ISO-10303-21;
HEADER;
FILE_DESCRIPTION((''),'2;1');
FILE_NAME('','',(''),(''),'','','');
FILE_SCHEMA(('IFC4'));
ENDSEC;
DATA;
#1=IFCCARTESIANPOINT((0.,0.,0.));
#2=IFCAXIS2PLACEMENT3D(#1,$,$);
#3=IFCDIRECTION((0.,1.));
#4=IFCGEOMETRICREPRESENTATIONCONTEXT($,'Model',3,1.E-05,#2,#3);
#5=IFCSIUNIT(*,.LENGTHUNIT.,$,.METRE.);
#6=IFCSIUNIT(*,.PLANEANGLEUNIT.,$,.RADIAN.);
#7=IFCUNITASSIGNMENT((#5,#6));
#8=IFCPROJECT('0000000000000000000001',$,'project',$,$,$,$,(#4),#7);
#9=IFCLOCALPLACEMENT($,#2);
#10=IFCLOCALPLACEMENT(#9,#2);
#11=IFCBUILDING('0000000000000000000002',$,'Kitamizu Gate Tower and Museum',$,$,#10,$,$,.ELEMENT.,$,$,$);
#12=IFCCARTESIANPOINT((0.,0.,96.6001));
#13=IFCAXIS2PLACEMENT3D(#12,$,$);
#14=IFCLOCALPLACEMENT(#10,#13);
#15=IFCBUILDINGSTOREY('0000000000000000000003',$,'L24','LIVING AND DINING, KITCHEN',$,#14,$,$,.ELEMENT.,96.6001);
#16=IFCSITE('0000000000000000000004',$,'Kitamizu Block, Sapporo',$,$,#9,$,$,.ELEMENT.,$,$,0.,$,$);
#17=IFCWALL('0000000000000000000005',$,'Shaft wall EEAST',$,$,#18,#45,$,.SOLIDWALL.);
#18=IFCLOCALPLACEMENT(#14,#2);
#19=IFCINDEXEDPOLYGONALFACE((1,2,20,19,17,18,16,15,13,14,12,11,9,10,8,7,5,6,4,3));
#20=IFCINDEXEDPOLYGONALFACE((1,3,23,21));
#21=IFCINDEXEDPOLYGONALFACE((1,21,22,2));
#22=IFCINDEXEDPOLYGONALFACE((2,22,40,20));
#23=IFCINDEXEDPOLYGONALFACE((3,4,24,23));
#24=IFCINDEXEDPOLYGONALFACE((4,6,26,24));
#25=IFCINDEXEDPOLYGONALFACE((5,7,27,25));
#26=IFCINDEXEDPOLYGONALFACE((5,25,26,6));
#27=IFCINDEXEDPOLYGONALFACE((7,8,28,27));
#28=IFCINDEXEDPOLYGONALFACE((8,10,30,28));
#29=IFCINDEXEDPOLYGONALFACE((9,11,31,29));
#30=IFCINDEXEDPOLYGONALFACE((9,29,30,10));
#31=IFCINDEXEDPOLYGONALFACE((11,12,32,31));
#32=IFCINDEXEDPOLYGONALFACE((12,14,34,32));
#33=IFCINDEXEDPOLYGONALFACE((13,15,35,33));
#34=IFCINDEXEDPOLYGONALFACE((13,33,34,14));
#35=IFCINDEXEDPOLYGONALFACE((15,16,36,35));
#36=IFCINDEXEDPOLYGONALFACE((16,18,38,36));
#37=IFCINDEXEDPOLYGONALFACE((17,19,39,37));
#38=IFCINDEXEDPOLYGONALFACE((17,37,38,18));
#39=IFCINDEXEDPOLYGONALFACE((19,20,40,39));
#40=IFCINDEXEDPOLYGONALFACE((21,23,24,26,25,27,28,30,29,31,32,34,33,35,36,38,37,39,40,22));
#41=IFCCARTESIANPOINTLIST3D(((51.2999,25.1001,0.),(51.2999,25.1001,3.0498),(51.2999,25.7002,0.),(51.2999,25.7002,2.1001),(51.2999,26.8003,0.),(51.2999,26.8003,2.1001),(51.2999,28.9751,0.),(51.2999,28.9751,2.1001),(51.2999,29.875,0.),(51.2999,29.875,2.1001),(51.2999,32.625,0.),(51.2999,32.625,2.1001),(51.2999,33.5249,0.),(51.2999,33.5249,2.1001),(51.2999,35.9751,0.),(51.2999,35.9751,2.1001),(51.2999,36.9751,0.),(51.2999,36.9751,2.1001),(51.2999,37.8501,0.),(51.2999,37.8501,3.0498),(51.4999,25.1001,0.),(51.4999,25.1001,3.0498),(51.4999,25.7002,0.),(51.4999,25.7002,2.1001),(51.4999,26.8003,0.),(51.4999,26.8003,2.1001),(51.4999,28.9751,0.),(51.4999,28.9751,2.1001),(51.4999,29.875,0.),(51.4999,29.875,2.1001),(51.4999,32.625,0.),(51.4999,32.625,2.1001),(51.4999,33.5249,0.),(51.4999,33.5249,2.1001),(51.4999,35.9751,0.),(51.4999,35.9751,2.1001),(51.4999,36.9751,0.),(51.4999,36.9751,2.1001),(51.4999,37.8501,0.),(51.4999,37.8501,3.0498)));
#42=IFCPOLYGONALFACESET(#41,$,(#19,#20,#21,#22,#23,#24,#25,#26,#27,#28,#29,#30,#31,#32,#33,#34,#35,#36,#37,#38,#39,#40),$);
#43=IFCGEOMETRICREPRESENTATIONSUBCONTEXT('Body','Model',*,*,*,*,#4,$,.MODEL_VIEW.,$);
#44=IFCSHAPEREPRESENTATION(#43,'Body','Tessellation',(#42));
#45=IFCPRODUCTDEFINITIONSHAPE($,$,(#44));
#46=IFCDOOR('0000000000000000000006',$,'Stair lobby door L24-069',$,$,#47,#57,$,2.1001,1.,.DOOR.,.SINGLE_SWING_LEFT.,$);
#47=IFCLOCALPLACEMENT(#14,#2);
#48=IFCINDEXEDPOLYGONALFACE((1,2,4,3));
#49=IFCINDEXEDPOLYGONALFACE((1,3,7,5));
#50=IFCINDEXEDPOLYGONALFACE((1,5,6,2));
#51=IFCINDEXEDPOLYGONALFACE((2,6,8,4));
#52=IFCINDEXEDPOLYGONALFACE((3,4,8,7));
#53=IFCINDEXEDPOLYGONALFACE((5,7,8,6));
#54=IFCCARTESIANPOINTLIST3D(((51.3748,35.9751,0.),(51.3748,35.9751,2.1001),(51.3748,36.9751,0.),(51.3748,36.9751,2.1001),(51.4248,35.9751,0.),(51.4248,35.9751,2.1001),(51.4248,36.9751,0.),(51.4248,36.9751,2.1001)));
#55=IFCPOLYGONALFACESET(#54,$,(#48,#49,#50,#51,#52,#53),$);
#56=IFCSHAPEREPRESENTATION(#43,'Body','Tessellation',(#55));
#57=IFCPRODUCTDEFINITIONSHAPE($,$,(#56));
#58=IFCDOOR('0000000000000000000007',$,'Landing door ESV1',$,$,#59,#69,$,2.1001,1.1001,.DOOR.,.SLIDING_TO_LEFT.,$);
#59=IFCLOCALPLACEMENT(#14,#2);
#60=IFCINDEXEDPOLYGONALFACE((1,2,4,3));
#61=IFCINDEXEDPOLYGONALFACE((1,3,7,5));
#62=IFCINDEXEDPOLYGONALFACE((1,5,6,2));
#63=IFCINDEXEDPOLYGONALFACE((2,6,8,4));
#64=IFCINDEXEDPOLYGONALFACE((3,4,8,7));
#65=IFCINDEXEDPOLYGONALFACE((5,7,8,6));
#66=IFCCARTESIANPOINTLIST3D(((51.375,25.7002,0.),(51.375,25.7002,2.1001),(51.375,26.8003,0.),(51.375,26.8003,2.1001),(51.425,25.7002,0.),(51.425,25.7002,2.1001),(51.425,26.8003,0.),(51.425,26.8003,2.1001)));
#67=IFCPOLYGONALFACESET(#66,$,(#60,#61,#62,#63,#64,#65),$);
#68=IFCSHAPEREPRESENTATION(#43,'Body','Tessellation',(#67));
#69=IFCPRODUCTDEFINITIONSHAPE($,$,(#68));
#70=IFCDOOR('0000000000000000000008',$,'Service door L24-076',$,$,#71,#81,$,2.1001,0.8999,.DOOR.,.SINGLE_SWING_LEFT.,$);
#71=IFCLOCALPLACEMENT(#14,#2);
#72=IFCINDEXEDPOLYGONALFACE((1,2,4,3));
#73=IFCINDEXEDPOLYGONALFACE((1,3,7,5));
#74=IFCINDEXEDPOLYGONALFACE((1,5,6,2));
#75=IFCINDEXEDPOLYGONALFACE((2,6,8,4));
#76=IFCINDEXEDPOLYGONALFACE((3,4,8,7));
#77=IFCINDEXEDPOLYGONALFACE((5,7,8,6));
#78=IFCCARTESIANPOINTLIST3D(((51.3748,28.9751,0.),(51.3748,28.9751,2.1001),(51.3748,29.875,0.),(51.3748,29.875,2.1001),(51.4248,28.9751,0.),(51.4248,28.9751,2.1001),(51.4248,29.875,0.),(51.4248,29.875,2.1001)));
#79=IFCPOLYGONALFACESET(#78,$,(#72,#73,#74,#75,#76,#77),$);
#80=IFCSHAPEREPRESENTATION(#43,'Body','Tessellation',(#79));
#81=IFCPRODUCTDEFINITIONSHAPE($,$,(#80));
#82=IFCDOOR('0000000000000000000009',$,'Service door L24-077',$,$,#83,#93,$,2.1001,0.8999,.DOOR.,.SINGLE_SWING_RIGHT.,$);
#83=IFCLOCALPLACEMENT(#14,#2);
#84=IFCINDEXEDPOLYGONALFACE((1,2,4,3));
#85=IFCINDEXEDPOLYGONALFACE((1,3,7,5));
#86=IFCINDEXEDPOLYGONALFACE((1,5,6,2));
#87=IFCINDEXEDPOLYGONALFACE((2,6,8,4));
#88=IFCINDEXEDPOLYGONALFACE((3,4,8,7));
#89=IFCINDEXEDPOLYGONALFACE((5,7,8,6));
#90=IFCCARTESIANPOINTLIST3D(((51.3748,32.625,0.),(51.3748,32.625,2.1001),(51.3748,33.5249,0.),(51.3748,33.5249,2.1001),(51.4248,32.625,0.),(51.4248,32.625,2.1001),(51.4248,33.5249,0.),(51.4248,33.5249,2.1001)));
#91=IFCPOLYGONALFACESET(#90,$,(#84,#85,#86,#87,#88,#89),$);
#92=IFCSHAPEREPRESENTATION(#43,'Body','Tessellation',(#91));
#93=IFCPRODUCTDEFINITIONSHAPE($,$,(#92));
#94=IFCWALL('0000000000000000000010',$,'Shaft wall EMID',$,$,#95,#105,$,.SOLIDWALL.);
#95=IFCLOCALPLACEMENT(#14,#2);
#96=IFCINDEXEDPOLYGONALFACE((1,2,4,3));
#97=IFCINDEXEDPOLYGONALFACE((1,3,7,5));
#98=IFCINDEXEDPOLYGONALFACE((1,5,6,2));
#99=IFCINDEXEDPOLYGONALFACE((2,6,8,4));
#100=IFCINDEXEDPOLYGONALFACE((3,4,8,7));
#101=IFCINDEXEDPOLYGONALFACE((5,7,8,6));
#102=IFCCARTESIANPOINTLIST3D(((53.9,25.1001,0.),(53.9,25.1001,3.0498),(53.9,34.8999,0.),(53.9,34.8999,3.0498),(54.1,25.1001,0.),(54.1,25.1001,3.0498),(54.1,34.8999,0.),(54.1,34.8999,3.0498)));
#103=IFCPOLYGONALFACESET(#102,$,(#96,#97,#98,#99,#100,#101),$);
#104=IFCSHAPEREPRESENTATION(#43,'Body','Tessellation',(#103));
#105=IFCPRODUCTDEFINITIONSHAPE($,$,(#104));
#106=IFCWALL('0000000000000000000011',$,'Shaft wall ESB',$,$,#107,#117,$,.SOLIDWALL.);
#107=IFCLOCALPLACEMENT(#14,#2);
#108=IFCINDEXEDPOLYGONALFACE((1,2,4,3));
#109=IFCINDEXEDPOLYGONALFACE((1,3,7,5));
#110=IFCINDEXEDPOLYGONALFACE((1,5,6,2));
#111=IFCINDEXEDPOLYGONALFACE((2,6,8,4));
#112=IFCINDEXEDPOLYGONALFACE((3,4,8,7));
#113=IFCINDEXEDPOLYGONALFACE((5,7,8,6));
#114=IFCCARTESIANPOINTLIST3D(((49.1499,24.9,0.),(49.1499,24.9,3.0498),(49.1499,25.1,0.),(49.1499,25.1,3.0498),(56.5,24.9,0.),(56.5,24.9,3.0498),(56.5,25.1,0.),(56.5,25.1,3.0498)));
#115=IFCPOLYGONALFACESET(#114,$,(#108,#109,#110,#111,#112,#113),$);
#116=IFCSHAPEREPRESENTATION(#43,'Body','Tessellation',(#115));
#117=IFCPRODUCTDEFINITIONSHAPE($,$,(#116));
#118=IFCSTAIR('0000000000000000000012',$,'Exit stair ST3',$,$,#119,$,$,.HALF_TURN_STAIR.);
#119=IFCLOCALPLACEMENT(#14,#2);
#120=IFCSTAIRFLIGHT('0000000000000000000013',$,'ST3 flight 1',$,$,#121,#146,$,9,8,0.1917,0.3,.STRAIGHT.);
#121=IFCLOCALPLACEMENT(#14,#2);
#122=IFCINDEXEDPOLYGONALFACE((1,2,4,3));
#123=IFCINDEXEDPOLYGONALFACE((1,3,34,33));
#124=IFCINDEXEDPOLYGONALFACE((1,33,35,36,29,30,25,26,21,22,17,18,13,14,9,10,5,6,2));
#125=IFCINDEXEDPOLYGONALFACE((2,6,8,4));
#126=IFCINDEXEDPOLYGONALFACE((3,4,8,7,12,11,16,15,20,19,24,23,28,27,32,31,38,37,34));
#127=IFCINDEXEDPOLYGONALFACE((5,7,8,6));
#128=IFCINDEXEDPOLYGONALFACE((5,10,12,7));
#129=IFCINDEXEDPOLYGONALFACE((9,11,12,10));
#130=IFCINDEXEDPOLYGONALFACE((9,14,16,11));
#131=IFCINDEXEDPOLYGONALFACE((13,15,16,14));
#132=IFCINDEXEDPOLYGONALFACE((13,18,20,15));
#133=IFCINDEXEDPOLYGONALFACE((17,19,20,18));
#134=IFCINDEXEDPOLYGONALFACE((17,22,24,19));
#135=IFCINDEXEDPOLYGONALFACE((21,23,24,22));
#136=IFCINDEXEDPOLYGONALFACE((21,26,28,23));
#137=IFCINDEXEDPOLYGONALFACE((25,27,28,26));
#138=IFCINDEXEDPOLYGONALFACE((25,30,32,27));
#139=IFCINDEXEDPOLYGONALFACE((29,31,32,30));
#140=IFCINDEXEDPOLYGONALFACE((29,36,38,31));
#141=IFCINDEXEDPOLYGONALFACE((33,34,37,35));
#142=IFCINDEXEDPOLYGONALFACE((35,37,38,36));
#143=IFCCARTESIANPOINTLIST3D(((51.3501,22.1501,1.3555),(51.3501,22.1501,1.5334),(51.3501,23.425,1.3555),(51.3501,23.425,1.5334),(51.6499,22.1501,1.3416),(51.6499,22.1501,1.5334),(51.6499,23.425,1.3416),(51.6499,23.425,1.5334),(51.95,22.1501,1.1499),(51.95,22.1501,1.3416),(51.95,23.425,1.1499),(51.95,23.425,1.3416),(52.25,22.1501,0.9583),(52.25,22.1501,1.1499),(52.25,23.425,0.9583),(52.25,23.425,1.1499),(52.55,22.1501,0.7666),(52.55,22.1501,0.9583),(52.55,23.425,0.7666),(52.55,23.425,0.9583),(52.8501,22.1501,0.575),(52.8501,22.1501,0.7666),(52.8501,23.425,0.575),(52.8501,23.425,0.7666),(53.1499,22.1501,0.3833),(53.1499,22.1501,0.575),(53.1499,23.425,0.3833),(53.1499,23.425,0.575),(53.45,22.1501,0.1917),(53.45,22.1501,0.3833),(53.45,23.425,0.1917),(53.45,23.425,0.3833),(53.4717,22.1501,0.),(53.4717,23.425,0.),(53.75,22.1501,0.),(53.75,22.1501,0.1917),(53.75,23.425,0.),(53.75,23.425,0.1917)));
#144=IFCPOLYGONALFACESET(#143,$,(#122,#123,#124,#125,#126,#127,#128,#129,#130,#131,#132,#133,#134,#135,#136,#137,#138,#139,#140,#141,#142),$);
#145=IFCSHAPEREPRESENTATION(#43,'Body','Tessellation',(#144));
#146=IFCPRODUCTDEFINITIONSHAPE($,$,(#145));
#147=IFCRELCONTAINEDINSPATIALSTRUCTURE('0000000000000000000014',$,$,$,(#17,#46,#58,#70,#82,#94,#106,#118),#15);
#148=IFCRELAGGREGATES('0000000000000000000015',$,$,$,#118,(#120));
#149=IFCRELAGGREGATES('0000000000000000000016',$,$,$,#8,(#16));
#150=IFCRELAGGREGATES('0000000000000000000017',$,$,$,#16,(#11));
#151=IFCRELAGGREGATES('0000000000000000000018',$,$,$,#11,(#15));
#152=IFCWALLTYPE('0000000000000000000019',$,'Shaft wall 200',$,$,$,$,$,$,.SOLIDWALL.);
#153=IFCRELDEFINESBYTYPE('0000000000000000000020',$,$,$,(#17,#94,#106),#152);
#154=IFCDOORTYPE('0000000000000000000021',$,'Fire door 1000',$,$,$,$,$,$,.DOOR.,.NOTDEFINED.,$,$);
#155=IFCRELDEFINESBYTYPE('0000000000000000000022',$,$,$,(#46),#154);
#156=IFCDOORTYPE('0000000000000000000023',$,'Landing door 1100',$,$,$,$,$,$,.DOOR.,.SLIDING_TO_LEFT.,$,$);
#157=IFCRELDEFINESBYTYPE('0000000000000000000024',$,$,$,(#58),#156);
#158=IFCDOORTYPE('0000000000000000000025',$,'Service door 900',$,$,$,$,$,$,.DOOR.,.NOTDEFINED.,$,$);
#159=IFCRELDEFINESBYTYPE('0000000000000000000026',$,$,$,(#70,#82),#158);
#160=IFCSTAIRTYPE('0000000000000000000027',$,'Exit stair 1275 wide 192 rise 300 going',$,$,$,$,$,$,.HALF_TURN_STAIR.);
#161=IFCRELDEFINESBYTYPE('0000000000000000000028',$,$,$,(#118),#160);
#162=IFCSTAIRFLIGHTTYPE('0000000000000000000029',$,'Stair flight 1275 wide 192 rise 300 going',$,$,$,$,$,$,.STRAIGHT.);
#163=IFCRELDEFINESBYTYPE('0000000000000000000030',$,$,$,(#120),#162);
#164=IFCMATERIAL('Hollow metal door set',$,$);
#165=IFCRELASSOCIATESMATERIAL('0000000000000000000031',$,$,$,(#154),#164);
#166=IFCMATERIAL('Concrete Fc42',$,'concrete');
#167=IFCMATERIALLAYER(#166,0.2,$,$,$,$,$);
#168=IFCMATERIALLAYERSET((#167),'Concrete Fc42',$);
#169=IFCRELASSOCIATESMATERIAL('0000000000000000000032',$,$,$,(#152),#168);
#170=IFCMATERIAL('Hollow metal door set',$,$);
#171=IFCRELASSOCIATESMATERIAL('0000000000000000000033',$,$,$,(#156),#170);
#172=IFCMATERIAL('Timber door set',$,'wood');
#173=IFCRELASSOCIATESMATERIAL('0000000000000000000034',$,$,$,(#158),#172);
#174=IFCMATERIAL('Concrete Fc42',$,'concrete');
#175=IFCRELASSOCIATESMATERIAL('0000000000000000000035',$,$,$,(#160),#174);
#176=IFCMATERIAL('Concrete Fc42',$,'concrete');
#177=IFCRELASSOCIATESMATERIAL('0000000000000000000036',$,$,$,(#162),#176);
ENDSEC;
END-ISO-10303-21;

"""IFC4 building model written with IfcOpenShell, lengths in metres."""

from ifc_helpers import new_model, si_unit, direction, frame, frame_2d, origin, place, context, subcontext, project, spatial, polyline, rectangle, outline, extrude, material, layer, layer_set, type_object, element, fill, aggregate, save


model = new_model("IFC4")

# Units and contexts
model_context = context("Model", 3, precision=1e-05, world=origin(), true_north=direction((0.0, 1.0)))
body_context = subcontext(model_context, "Body", "Model", "MODEL_VIEW")
ifc_project = project(units=[si_unit("LENGTHUNIT", "METRE"), si_unit("PLANEANGLEUNIT", "RADIAN")], contexts=[model_context])

# Site, building, storey
site_placement = place(None, origin())
site = spatial("IfcSite", under=ifc_project, at=site_placement, Name="Kitamizu Block, Sapporo", CompositionType="ELEMENT", RefElevation=0.0)
building_placement = place(site_placement, origin())
building = spatial("IfcBuilding", under=site, at=building_placement, Name="Kitamizu Gate Tower and Museum", CompositionType="ELEMENT")
storey_placement = place(building_placement, frame((0.0, 0.0, 96.6001)))
storey = spatial("IfcBuildingStorey", under=building, at=storey_placement, Name="L24", Description="LIVING AND DINING, KITCHEN", CompositionType="ELEMENT", Elevation=96.6001)

# Wall, openings, doors
ifc_material_1 = material(Name="Hollow metal door set")
door_type_1 = type_object("IfcDoorType", Name="Fire door 1000", OperationType="NOTDEFINED", PredefinedType="DOOR", material=ifc_material_1)
ifc_material_2 = material(Name="Concrete Fc42", Category="concrete")
ifc_layer_1 = layer(ifc_material_2, 0.2)
ifc_layer_set_1 = layer_set([ifc_layer_1], Name="Concrete Fc42")
wall_type_1 = type_object("IfcWallType", Name="Shaft wall 200", PredefinedType="SOLIDWALL", material=ifc_layer_set_1)
ifc_material_3 = material(Name="Hollow metal door set")
door_type_2 = type_object("IfcDoorType", Name="Landing door 1100", OperationType="SLIDING_TO_LEFT", PredefinedType="DOOR", material=ifc_material_3)
wall_1_placement = place(storey_placement, frame((51.3999, 25.1001, 0.0), z_axis=(0.0, 0.0, 1.0), x_axis=(0.0, 1.0, 0.0)))
wall_1 = element("IfcWall", 1, at=wall_1_placement, inside=storey, type_object=wall_type_1, Name="Shaft wall EEAST", PredefinedType="SOLIDWALL", context=body_context, shape_type="SweptSolid", body=[
    extrude(rectangle(XDim=12.75, YDim=0.2, at=frame_2d((6.375, 0.0))), origin(), (0.0, 0.0, 1.0), 3.0498),
])
opening_1_placement = place(wall_1_placement, frame((0.6001, 0.0, 0.0)))
opening_1 = element("IfcOpeningElement", 2, at=opening_1_placement, cuts=wall_1, PredefinedType="OPENING", context=body_context, shape_type="SweptSolid", body=[
    extrude(rectangle(XDim=1.1001, YDim=2.1001, at=frame_2d((0.55, 1.05))), frame((0.0, 0.1099, 0.0), z_axis=(0.0, -1.0, 0.0), x_axis=(1.0, 0.0, 0.0)), (0.0, 0.0, 1.0), 0.22),
])
opening_2_placement = place(wall_1_placement, frame((10.875, 0.0, 0.0)))
opening_2 = element("IfcOpeningElement", 3, at=opening_2_placement, cuts=wall_1, PredefinedType="OPENING", context=body_context, shape_type="SweptSolid", body=[
    extrude(rectangle(XDim=1.0, YDim=2.1001, at=frame_2d((0.5, 1.05))), frame((0.0, 0.1099, 0.0), z_axis=(0.0, -1.0, 0.0), x_axis=(1.0, 0.0, 0.0)), (0.0, 0.0, 1.0), 0.22),
])
opening_3_placement = place(wall_1_placement, frame((3.875, 0.0, 0.0)))
opening_3 = element("IfcOpeningElement", 4, at=opening_3_placement, cuts=wall_1, PredefinedType="OPENING", context=body_context, shape_type="SweptSolid", body=[
    extrude(rectangle(XDim=0.8999, YDim=2.1001, at=frame_2d((0.45, 1.05))), frame((0.0, 0.1099, 0.0), z_axis=(0.0, -1.0, 0.0), x_axis=(1.0, 0.0, 0.0)), (0.0, 0.0, 1.0), 0.22),
])
opening_4_placement = place(wall_1_placement, frame((7.5249, 0.0, 0.0)))
opening_4 = element("IfcOpeningElement", 5, at=opening_4_placement, cuts=wall_1, PredefinedType="OPENING", context=body_context, shape_type="SweptSolid", body=[
    extrude(rectangle(XDim=0.8999, YDim=2.1001, at=frame_2d((0.45, 1.05))), frame((0.0, 0.1099, 0.0), z_axis=(0.0, -1.0, 0.0), x_axis=(1.0, 0.0, 0.0)), (0.0, 0.0, 1.0), 0.22),
])
door_1_placement = place(opening_2_placement, frame((1.0, 0.0, 0.0), x_axis=(-1.0, 0.0, 0.0)))
door_1 = element("IfcDoor", 6, at=door_1_placement, inside=storey, type_object=door_type_1, Name="Stair lobby door L24-069", OperationType="SINGLE_SWING_LEFT", OverallHeight=2.1001, OverallWidth=1.0, PredefinedType="DOOR", context=body_context, shape_type="SweptSolid", body=[
    extrude(rectangle(XDim=1.0, YDim=2.1001, at=frame_2d((0.5, 1.05))), frame((0.0, 0.0249, 0.0), z_axis=(0.0, -1.0, 0.0), x_axis=(1.0, 0.0, 0.0)), (0.0, 0.0, 1.0), 0.05),
])
fill(opening_2, door_1)
door_2_placement = place(opening_1_placement, origin())
door_2 = element("IfcDoor", 7, at=door_2_placement, inside=storey, type_object=door_type_2, Name="Landing door ESV1", OperationType="SLIDING_TO_LEFT", OverallHeight=2.1001, OverallWidth=1.1001, PredefinedType="DOOR", context=body_context, shape_type="SweptSolid", body=[
    extrude(rectangle(XDim=1.1001, YDim=2.1001, at=frame_2d((0.55, 1.05))), frame((0.0, 0.0249, 0.0), z_axis=(0.0, -1.0, 0.0), x_axis=(1.0, 0.0, 0.0)), (0.0, 0.0, 1.0), 0.05),
])
fill(opening_1, door_2)
ifc_material_4 = material(Name="Timber door set", Category="wood")
door_type_3 = type_object("IfcDoorType", Name="Service door 900", OperationType="NOTDEFINED", PredefinedType="DOOR", material=ifc_material_4)
door_3_placement = place(opening_3_placement, frame((0.8999, 0.0, 0.0), x_axis=(-1.0, 0.0, 0.0)))
door_3 = element("IfcDoor", 8, at=door_3_placement, inside=storey, type_object=door_type_3, Name="Service door L24-076", OperationType="SINGLE_SWING_LEFT", OverallHeight=2.1001, OverallWidth=0.8999, PredefinedType="DOOR", context=body_context, shape_type="SweptSolid", body=[
    extrude(rectangle(XDim=0.8999, YDim=2.1001, at=frame_2d((0.45, 1.05))), frame((0.0, 0.0249, 0.0), z_axis=(0.0, -1.0, 0.0), x_axis=(1.0, 0.0, 0.0)), (0.0, 0.0, 1.0), 0.05),
])
fill(opening_3, door_3)
door_4_placement = place(opening_4_placement, frame((0.8999, 0.0, 0.0), x_axis=(-1.0, 0.0, 0.0)))
door_4 = element("IfcDoor", 9, at=door_4_placement, inside=storey, type_object=door_type_3, Name="Service door L24-077", OperationType="SINGLE_SWING_RIGHT", OverallHeight=2.1001, OverallWidth=0.8999, PredefinedType="DOOR", context=body_context, shape_type="SweptSolid", body=[
    extrude(rectangle(XDim=0.8999, YDim=2.1001, at=frame_2d((0.45, 1.05))), frame((0.0, 0.0249, 0.0), z_axis=(0.0, -1.0, 0.0), x_axis=(1.0, 0.0, 0.0)), (0.0, 0.0, 1.0), 0.05),
])
fill(opening_4, door_4)

# Walls
wall_2_placement = place(storey_placement, frame((54.0, 25.1001, 0.0), z_axis=(0.0, 0.0, 1.0), x_axis=(0.0, 1.0, 0.0)))
element("IfcWall", 10, at=wall_2_placement, inside=storey, type_object=wall_type_1, Name="Shaft wall EMID", PredefinedType="SOLIDWALL", context=body_context, shape_type="SweptSolid", body=[
    extrude(rectangle(XDim=9.7998, YDim=0.2, at=frame_2d((4.8999, 0.0))), origin(), (0.0, 0.0, 1.0), 3.0498),
])
wall_3_placement = place(storey_placement, frame((56.5, 25.0, 0.0), z_axis=(0.0, 0.0, 1.0), x_axis=(-1.0, 0.0, 0.0)))
element("IfcWall", 11, at=wall_3_placement, inside=storey, type_object=wall_type_1, Name="Shaft wall ESB", PredefinedType="SOLIDWALL", context=body_context, shape_type="SweptSolid", body=[
    extrude(rectangle(XDim=7.3501, YDim=0.2, at=frame_2d((3.675, 0.0))), origin(), (0.0, 0.0, 1.0), 3.0498),
])

# Stair, stair flight
ifc_material_5 = material(Name="Concrete Fc42", Category="concrete")
stair_type = type_object("IfcStairType", Name="Exit stair 1275 wide 192 rise 300 going", PredefinedType="HALF_TURN_STAIR", material=ifc_material_5)
stair_placement = place(storey_placement, origin())
stair = element("IfcStair", 12, at=stair_placement, inside=storey, type_object=stair_type, Name="Exit stair ST3", PredefinedType="HALF_TURN_STAIR")
ifc_material_6 = material(Name="Concrete Fc42", Category="concrete")
stair_flight_type = type_object("IfcStairFlightType", Name="Stair flight 1275 wide 192 rise 300 going", PredefinedType="STRAIGHT", material=ifc_material_6)
stair_flight_1_placement = place(storey_placement, frame((53.75, 22.7876, 0.0), z_axis=(0.0, 0.0, 1.0), x_axis=(-1.0, 0.0, 0.0)))
stair_flight_1 = element("IfcStairFlight", 13, at=stair_flight_1_placement, type_object=stair_flight_type, Name="ST3 flight 1", NumberOfRisers=9, NumberOfTreads=8, PredefinedType="STRAIGHT", RiserHeight=0.1917, TreadLength=0.3, context=body_context, shape_type="SweptSolid", body=[
    extrude(outline(polyline([(0.0, 0.0), (0.0, 0.1917), (0.3, 0.1917), (0.3, 0.3833), (0.6001, 0.3833), (0.6001, 0.575), (0.8999, 0.575), (0.8999, 0.7666), (1.2, 0.7666), (1.2, 0.9583), (1.5, 0.9583), (1.5, 1.1499), (1.8, 1.1499), (1.8, 1.3416), (2.1001, 1.3416), (2.1001, 1.5334), (2.3999, 1.5334), (2.3999, 1.7251), (2.3999, 1.3555), (0.2783, 0.0), (0.0, 0.0)])), frame((0.0, 0.6375, 0.0), z_axis=(0.0, -1.0, 0.0), x_axis=(1.0, 0.0, 0.0)), (0.0, 0.0, 1.0), 1.2749),
])
aggregate(stair, [stair_flight_1])

save(model, "model.ifc")
